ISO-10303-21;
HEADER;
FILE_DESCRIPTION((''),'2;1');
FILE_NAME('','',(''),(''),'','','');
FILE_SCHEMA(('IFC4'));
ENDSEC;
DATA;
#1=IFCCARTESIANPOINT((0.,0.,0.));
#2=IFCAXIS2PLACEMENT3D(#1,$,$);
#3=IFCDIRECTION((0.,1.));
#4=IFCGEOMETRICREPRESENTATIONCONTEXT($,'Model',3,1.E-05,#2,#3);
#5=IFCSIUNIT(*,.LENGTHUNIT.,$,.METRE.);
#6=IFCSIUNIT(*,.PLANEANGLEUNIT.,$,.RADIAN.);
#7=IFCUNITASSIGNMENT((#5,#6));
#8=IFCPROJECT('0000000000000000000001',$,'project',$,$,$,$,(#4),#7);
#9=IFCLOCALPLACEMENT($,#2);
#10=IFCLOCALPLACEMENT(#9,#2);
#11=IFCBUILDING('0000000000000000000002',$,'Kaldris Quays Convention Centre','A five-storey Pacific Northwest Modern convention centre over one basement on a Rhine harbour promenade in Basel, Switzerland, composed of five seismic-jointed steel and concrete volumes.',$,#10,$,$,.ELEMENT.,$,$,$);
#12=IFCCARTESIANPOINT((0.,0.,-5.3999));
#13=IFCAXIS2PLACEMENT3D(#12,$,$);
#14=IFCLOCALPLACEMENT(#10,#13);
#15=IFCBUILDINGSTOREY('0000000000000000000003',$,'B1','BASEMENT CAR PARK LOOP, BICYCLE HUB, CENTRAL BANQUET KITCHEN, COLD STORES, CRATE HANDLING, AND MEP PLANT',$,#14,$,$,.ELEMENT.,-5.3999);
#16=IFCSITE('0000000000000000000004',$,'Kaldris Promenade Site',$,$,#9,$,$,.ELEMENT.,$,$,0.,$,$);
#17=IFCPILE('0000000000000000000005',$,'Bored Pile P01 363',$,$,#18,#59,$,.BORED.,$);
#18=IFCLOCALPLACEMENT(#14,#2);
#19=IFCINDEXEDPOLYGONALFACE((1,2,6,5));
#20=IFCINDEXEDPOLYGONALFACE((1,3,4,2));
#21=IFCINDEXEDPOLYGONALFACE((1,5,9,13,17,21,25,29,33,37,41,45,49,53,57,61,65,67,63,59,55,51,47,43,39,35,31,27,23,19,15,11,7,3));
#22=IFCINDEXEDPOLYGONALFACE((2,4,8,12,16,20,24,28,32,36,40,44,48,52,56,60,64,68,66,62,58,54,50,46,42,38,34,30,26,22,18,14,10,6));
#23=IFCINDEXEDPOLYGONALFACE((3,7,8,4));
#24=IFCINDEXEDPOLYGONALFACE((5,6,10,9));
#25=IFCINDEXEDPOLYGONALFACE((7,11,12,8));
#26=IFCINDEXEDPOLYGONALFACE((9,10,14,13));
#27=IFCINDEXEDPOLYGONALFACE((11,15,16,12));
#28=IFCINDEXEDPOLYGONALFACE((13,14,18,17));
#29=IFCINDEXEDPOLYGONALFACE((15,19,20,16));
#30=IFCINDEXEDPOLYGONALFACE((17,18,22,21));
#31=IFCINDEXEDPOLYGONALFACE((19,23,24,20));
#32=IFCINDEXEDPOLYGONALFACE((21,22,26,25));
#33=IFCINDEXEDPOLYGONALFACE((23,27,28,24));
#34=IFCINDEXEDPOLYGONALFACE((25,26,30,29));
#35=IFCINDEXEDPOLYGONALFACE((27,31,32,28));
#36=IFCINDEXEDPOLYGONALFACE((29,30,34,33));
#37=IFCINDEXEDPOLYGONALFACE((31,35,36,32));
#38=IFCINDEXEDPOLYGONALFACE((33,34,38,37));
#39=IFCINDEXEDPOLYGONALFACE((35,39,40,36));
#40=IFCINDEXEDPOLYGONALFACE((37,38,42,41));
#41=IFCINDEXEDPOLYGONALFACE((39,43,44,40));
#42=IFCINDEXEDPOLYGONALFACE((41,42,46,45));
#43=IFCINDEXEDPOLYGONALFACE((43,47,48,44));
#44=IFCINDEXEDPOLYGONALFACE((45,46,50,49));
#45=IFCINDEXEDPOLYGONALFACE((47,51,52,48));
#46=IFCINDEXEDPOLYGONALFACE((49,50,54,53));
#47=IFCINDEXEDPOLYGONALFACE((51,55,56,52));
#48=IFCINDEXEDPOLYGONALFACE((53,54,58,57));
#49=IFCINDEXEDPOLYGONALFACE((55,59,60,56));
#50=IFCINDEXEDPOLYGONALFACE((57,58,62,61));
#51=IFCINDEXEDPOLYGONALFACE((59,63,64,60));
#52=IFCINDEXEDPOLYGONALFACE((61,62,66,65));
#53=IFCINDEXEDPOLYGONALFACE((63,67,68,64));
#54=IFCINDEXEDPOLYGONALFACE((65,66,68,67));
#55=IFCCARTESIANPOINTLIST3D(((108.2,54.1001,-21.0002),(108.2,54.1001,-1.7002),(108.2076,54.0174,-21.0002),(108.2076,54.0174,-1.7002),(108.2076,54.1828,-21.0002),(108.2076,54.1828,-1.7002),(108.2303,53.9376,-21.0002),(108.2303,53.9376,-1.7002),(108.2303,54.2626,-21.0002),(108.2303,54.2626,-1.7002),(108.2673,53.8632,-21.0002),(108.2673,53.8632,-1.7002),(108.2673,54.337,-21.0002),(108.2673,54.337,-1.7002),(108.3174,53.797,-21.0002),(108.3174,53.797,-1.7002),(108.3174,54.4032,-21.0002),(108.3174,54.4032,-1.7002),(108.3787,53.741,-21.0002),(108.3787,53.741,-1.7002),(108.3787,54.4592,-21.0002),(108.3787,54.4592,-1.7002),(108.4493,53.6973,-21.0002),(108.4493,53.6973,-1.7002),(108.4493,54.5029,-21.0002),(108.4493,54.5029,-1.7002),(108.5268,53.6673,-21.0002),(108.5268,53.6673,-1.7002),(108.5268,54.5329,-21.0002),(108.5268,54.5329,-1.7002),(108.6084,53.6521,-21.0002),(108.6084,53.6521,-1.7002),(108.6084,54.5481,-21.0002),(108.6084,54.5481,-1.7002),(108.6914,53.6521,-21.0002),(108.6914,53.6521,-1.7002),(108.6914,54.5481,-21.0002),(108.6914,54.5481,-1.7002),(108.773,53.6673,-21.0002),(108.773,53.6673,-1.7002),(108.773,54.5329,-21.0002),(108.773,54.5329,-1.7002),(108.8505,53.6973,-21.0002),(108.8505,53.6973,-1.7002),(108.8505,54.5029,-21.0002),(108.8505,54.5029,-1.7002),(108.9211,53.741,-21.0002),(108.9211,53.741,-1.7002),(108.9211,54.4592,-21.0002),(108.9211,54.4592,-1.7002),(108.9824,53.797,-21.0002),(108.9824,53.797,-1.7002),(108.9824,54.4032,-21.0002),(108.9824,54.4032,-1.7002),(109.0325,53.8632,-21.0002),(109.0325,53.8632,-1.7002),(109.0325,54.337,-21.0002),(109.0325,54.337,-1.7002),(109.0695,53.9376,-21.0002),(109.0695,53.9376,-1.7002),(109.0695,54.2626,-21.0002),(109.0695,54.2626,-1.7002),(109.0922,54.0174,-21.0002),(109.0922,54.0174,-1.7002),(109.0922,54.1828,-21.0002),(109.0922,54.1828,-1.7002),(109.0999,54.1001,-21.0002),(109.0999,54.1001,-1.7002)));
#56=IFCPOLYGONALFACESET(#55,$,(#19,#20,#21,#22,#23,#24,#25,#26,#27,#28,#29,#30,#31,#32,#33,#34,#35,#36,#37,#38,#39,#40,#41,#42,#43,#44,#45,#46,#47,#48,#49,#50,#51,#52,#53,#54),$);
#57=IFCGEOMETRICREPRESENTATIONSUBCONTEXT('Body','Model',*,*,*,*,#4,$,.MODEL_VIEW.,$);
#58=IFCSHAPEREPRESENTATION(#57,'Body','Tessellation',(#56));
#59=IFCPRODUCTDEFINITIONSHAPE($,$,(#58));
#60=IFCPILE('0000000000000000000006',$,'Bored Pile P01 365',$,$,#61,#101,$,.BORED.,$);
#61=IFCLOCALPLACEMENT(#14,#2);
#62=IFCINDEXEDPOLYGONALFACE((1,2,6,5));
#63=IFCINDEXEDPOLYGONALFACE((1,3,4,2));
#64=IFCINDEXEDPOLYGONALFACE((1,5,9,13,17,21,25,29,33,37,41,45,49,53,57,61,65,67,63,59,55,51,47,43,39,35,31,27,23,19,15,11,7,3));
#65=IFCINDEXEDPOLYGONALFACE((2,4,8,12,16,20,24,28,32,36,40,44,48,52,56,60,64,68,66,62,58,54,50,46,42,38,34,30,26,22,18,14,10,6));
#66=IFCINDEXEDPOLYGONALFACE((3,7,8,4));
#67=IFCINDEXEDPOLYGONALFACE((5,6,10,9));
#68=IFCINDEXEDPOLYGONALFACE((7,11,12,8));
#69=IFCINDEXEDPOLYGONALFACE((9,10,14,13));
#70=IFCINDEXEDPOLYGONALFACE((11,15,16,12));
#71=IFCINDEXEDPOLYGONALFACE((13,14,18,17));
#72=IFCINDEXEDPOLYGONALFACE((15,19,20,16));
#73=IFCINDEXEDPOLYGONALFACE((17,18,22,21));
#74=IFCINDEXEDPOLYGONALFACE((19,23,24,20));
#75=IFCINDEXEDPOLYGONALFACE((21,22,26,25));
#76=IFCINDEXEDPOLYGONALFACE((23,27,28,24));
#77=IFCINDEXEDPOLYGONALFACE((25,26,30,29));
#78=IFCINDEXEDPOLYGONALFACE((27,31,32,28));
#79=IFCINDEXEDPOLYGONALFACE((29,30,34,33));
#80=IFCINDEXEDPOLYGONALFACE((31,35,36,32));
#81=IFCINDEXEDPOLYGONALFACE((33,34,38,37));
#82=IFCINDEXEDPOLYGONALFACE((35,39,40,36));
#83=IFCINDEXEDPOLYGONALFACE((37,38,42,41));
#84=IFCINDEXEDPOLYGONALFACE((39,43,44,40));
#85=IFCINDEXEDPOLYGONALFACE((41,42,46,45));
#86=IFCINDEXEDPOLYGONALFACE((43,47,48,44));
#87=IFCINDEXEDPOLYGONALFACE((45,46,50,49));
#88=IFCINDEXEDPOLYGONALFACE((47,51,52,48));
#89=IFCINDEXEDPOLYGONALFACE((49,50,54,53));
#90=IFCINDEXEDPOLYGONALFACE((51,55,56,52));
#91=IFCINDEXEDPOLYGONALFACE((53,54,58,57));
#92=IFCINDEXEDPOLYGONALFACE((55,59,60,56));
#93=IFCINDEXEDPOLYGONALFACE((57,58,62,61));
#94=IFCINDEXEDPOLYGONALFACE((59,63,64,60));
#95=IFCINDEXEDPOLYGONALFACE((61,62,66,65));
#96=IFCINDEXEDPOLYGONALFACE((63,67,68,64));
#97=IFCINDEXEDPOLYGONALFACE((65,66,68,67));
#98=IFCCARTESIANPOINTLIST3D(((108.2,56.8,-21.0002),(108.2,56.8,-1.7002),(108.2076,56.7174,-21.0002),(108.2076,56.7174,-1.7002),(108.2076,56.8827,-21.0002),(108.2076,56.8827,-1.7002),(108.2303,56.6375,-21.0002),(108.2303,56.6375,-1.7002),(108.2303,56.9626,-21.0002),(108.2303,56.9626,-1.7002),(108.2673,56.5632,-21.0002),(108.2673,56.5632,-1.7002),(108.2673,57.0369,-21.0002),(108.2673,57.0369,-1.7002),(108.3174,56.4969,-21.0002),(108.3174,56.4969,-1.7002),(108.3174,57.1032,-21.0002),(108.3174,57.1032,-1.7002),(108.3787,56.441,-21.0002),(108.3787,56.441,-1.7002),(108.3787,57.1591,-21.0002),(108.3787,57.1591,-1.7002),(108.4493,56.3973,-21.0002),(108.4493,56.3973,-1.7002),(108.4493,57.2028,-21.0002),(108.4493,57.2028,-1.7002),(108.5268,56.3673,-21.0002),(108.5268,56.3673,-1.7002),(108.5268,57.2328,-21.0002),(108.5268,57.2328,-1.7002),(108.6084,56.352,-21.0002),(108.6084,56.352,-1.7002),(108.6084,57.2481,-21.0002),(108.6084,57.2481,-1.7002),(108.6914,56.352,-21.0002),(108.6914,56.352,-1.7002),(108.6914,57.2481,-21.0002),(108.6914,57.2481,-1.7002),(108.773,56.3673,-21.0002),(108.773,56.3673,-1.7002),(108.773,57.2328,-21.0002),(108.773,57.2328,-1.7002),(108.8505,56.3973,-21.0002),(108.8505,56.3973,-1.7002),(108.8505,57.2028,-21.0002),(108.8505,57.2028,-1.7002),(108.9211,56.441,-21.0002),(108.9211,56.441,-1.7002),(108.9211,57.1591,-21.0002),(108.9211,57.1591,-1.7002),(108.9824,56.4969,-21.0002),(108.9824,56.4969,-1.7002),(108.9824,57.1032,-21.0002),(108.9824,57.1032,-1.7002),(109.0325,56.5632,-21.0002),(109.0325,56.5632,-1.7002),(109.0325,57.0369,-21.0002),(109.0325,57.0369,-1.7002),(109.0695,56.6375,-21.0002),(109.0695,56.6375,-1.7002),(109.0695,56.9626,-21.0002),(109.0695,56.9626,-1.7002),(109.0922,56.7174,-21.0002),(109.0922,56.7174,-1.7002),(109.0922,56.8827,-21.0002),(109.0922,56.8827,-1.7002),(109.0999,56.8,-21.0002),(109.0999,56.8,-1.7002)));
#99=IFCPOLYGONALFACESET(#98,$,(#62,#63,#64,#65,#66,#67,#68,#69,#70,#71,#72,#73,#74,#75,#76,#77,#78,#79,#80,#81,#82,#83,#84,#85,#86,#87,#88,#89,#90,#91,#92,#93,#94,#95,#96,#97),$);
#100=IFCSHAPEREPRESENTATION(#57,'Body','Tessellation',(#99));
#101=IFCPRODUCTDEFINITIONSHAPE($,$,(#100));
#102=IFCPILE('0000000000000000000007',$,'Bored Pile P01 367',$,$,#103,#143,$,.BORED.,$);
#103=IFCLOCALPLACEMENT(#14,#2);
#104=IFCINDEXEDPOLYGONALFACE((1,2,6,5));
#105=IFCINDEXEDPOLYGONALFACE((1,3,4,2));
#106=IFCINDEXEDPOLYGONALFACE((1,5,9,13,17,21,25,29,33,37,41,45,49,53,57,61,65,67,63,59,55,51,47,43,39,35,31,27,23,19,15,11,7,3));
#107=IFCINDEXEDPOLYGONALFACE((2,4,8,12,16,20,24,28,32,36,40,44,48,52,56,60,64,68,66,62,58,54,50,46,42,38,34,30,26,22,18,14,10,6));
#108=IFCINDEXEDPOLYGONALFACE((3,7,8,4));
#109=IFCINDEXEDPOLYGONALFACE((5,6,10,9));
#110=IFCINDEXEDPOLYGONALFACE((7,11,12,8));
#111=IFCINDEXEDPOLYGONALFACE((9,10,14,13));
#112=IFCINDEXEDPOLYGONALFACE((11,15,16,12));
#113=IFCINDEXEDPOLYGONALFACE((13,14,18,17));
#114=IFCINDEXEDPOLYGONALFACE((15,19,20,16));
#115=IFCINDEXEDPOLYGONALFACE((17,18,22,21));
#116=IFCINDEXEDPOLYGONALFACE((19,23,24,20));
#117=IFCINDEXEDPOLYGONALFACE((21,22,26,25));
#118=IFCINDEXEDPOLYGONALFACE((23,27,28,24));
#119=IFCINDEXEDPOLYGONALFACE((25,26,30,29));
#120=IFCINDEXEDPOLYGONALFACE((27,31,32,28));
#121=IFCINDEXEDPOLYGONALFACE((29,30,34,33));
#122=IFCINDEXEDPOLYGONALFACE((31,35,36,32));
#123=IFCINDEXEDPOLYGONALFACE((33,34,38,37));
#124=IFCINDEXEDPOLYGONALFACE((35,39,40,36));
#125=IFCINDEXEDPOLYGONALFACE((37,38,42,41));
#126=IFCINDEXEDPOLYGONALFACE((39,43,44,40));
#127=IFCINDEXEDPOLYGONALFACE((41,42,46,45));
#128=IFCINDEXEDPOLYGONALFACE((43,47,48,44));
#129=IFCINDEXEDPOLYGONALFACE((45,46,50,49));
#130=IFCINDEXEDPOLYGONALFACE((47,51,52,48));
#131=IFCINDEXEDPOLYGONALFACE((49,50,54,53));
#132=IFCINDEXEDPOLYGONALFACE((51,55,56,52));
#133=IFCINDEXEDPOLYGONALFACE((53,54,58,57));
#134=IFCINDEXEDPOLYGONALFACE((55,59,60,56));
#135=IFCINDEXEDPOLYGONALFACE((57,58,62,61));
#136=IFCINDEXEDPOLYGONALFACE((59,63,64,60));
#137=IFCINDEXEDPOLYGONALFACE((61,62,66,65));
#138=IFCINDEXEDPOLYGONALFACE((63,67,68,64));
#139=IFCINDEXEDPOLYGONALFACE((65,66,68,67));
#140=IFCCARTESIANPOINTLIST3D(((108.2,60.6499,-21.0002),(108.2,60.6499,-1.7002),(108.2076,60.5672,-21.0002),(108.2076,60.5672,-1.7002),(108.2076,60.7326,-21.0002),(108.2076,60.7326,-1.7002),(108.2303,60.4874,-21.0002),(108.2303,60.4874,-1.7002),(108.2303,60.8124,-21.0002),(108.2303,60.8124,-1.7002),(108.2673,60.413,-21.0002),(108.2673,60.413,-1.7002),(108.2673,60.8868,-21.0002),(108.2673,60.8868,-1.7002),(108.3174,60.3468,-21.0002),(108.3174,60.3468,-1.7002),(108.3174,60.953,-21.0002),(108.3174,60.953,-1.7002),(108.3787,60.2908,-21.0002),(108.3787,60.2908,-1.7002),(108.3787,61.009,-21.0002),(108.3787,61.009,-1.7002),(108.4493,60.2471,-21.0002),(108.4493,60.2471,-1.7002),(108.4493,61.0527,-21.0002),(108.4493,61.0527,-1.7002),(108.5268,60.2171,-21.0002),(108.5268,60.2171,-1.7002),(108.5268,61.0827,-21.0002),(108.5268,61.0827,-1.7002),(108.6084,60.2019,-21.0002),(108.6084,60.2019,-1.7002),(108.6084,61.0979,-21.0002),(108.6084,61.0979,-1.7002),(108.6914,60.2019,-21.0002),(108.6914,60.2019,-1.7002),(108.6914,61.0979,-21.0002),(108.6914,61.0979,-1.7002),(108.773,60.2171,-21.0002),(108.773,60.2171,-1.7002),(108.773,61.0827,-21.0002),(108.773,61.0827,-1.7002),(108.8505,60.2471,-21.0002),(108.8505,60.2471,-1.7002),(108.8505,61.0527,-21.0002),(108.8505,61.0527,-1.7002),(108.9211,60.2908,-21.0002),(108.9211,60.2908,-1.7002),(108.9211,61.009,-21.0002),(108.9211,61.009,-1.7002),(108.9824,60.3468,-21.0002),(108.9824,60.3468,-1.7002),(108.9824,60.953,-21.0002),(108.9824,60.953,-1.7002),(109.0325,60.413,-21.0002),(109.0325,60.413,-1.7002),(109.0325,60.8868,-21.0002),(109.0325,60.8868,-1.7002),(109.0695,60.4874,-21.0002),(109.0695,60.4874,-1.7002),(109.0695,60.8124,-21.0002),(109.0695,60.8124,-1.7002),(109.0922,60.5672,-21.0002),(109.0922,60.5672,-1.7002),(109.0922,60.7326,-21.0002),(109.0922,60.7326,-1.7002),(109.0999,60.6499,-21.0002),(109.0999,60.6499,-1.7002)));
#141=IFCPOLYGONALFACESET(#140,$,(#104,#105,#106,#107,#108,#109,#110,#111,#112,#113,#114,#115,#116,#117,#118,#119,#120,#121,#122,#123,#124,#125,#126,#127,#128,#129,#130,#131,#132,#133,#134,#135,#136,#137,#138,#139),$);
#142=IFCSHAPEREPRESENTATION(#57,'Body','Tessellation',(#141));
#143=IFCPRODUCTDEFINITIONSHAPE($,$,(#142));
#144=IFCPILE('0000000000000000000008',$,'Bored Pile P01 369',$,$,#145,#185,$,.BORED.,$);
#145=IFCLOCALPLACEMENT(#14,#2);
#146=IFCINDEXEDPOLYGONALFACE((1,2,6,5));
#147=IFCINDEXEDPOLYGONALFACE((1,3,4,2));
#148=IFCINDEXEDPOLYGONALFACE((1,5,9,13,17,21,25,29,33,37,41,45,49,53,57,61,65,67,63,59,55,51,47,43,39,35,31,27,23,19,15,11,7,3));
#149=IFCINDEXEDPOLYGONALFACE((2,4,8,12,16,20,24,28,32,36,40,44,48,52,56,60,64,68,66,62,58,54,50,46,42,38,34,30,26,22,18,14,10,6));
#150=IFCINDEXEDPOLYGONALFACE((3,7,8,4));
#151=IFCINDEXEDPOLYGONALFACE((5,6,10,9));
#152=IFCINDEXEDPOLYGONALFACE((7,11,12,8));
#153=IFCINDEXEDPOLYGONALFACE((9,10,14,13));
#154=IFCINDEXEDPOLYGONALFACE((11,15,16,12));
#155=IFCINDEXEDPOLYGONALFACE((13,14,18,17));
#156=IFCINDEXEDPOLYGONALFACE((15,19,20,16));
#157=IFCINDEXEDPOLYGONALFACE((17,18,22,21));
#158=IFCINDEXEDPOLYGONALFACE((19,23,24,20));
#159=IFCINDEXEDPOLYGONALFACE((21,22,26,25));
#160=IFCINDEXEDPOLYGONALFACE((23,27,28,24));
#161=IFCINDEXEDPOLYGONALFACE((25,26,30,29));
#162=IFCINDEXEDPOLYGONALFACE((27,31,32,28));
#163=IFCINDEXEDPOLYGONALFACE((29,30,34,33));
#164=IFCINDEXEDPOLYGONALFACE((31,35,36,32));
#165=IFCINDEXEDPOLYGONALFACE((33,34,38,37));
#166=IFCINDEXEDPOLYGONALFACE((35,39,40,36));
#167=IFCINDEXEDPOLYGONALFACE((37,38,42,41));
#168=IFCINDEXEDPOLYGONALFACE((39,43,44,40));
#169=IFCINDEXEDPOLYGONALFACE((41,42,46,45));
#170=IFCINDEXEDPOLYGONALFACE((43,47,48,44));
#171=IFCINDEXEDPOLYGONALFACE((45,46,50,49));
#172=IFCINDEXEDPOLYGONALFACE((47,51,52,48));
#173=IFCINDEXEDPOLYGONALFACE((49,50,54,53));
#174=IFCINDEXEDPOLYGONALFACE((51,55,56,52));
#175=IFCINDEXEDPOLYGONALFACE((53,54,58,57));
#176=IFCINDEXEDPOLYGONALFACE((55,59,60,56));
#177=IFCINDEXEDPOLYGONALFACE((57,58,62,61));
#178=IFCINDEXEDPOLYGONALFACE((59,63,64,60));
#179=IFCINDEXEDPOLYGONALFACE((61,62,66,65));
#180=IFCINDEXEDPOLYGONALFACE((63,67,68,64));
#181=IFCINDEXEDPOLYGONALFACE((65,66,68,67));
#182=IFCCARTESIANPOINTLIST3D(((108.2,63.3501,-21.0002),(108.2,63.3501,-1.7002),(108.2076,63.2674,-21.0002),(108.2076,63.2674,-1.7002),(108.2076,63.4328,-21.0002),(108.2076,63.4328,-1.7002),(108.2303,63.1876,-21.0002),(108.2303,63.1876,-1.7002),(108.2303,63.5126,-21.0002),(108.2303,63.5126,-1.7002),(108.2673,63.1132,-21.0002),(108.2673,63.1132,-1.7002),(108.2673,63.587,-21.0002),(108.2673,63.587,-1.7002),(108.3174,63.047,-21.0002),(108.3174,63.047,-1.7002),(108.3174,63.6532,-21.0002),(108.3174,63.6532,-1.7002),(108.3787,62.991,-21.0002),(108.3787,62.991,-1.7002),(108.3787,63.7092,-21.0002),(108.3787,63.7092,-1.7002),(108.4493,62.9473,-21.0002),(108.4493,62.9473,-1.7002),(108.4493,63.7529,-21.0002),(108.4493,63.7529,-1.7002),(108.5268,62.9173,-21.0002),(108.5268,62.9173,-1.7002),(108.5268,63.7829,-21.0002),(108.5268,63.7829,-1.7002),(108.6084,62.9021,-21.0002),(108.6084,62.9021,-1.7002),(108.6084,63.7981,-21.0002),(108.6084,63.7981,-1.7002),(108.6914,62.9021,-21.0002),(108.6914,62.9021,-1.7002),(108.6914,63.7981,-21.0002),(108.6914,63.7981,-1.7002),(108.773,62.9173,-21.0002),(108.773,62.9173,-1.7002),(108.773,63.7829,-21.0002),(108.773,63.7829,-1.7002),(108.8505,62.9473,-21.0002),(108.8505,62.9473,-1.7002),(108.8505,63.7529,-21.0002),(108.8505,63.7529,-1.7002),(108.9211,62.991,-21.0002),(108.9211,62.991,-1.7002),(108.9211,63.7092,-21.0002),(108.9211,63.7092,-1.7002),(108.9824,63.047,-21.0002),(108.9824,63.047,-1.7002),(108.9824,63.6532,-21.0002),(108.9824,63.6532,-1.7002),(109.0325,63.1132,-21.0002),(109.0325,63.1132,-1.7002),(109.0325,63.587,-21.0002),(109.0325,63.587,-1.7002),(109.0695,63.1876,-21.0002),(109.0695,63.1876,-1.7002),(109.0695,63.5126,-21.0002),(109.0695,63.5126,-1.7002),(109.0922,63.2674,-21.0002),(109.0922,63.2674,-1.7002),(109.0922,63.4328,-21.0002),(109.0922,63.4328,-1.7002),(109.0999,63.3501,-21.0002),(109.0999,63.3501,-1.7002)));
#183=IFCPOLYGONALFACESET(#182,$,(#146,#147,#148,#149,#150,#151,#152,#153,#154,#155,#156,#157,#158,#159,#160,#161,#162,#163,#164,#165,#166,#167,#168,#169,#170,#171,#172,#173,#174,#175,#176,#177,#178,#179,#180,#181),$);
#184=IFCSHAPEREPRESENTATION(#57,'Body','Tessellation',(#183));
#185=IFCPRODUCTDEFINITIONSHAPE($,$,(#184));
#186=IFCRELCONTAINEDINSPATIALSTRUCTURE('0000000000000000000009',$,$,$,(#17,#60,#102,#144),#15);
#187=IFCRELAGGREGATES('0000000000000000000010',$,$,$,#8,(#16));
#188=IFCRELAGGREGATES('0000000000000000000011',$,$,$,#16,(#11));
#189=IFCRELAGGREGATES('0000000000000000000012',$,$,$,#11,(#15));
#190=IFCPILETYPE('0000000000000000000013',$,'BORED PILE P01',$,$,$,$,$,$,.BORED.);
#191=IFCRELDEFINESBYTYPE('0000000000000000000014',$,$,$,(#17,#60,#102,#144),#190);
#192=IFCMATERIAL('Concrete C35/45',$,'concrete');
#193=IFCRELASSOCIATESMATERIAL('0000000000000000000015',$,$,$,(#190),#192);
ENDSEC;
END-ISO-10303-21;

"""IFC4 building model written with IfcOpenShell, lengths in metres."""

from ifc_helpers import new_model, si_unit, direction, frame, origin, origin_2d, place, context, subcontext, project, spatial, circle, extrude, material, material_profile, profile_set, type_object, element, save


model = new_model("IFC4")

# Units and contexts
model_context = context("Model", 3, precision=1e-05, world=origin(), true_north=direction((0.0, 1.0)))
body_context = subcontext(model_context, "Body", "Model", "MODEL_VIEW")
ifc_project = project(units=[si_unit("LENGTHUNIT", "METRE"), si_unit("PLANEANGLEUNIT", "RADIAN")], contexts=[model_context])

# Site, building, storey
site_placement = place(None, origin())
site = spatial("IfcSite", under=ifc_project, at=site_placement, Name="Kaldris Promenade Site", CompositionType="ELEMENT", RefElevation=0.0)
building_placement = place(site_placement, origin())
building = spatial("IfcBuilding", under=site, at=building_placement, Name="Kaldris Quays Convention Centre", Description="A five-storey Pacific Northwest Modern convention centre over one basement on a Rhine harbour promenade in Basel, Switzerland, composed of five seismic-jointed steel and concrete volumes.", CompositionType="ELEMENT")
storey_placement = place(building_placement, frame((0.0, 0.0, -5.3999)))
storey = spatial("IfcBuildingStorey", under=building, at=storey_placement, Name="B1", Description="BASEMENT CAR PARK LOOP, BICYCLE HUB, CENTRAL BANQUET KITCHEN, COLD STORES, CRATE HANDLING, AND MEP PLANT", CompositionType="ELEMENT", Elevation=-5.3999)

# Piles
ifc_material_1 = material(Name="Concrete C35/45", Category="concrete")
ifc_material_profile_1 = material_profile(ifc_material_1, circle(Radius=0.45, at=origin_2d()), Name="BORED PILE D900")
ifc_profile_set_1 = profile_set([ifc_material_profile_1], Name="Concrete C35/45")
pile_type = type_object("IfcPileType", Name="BORED PILE P01", PredefinedType="BORED", material=ifc_profile_set_1)
for number, where, z_axis, x_axis, name in (
    (1, (108.6499, 54.1001, -1.7002), (0.0, 0.0, -1.0), (1.0, 0.0, 0.0), "Bored Pile P01 363"),
    (2, (108.6499, 56.8, -1.7002), (0.0, 0.0, -1.0), (1.0, 0.0, 0.0), "Bored Pile P01 365"),
    (3, (108.6499, 60.6499, -1.7002), (0.0, 0.0, -1.0), (1.0, 0.0, 0.0), "Bored Pile P01 367"),
    (4, (108.6499, 63.3501, -1.7002), (0.0, 0.0, -1.0), (1.0, 0.0, 0.0), "Bored Pile P01 369"),
):
    element("IfcPile", number, at=place(storey_placement, frame(where, z_axis=z_axis, x_axis=x_axis)), inside=storey, type_object=pile_type, Name=name, PredefinedType="BORED", context=body_context, shape_type="SweptSolid", body=[
        extrude(circle(Radius=0.45, at=origin_2d()), origin(), (0.0, 0.0, 1.0), 19.3),
    ])

save(model, "model.ifc")
